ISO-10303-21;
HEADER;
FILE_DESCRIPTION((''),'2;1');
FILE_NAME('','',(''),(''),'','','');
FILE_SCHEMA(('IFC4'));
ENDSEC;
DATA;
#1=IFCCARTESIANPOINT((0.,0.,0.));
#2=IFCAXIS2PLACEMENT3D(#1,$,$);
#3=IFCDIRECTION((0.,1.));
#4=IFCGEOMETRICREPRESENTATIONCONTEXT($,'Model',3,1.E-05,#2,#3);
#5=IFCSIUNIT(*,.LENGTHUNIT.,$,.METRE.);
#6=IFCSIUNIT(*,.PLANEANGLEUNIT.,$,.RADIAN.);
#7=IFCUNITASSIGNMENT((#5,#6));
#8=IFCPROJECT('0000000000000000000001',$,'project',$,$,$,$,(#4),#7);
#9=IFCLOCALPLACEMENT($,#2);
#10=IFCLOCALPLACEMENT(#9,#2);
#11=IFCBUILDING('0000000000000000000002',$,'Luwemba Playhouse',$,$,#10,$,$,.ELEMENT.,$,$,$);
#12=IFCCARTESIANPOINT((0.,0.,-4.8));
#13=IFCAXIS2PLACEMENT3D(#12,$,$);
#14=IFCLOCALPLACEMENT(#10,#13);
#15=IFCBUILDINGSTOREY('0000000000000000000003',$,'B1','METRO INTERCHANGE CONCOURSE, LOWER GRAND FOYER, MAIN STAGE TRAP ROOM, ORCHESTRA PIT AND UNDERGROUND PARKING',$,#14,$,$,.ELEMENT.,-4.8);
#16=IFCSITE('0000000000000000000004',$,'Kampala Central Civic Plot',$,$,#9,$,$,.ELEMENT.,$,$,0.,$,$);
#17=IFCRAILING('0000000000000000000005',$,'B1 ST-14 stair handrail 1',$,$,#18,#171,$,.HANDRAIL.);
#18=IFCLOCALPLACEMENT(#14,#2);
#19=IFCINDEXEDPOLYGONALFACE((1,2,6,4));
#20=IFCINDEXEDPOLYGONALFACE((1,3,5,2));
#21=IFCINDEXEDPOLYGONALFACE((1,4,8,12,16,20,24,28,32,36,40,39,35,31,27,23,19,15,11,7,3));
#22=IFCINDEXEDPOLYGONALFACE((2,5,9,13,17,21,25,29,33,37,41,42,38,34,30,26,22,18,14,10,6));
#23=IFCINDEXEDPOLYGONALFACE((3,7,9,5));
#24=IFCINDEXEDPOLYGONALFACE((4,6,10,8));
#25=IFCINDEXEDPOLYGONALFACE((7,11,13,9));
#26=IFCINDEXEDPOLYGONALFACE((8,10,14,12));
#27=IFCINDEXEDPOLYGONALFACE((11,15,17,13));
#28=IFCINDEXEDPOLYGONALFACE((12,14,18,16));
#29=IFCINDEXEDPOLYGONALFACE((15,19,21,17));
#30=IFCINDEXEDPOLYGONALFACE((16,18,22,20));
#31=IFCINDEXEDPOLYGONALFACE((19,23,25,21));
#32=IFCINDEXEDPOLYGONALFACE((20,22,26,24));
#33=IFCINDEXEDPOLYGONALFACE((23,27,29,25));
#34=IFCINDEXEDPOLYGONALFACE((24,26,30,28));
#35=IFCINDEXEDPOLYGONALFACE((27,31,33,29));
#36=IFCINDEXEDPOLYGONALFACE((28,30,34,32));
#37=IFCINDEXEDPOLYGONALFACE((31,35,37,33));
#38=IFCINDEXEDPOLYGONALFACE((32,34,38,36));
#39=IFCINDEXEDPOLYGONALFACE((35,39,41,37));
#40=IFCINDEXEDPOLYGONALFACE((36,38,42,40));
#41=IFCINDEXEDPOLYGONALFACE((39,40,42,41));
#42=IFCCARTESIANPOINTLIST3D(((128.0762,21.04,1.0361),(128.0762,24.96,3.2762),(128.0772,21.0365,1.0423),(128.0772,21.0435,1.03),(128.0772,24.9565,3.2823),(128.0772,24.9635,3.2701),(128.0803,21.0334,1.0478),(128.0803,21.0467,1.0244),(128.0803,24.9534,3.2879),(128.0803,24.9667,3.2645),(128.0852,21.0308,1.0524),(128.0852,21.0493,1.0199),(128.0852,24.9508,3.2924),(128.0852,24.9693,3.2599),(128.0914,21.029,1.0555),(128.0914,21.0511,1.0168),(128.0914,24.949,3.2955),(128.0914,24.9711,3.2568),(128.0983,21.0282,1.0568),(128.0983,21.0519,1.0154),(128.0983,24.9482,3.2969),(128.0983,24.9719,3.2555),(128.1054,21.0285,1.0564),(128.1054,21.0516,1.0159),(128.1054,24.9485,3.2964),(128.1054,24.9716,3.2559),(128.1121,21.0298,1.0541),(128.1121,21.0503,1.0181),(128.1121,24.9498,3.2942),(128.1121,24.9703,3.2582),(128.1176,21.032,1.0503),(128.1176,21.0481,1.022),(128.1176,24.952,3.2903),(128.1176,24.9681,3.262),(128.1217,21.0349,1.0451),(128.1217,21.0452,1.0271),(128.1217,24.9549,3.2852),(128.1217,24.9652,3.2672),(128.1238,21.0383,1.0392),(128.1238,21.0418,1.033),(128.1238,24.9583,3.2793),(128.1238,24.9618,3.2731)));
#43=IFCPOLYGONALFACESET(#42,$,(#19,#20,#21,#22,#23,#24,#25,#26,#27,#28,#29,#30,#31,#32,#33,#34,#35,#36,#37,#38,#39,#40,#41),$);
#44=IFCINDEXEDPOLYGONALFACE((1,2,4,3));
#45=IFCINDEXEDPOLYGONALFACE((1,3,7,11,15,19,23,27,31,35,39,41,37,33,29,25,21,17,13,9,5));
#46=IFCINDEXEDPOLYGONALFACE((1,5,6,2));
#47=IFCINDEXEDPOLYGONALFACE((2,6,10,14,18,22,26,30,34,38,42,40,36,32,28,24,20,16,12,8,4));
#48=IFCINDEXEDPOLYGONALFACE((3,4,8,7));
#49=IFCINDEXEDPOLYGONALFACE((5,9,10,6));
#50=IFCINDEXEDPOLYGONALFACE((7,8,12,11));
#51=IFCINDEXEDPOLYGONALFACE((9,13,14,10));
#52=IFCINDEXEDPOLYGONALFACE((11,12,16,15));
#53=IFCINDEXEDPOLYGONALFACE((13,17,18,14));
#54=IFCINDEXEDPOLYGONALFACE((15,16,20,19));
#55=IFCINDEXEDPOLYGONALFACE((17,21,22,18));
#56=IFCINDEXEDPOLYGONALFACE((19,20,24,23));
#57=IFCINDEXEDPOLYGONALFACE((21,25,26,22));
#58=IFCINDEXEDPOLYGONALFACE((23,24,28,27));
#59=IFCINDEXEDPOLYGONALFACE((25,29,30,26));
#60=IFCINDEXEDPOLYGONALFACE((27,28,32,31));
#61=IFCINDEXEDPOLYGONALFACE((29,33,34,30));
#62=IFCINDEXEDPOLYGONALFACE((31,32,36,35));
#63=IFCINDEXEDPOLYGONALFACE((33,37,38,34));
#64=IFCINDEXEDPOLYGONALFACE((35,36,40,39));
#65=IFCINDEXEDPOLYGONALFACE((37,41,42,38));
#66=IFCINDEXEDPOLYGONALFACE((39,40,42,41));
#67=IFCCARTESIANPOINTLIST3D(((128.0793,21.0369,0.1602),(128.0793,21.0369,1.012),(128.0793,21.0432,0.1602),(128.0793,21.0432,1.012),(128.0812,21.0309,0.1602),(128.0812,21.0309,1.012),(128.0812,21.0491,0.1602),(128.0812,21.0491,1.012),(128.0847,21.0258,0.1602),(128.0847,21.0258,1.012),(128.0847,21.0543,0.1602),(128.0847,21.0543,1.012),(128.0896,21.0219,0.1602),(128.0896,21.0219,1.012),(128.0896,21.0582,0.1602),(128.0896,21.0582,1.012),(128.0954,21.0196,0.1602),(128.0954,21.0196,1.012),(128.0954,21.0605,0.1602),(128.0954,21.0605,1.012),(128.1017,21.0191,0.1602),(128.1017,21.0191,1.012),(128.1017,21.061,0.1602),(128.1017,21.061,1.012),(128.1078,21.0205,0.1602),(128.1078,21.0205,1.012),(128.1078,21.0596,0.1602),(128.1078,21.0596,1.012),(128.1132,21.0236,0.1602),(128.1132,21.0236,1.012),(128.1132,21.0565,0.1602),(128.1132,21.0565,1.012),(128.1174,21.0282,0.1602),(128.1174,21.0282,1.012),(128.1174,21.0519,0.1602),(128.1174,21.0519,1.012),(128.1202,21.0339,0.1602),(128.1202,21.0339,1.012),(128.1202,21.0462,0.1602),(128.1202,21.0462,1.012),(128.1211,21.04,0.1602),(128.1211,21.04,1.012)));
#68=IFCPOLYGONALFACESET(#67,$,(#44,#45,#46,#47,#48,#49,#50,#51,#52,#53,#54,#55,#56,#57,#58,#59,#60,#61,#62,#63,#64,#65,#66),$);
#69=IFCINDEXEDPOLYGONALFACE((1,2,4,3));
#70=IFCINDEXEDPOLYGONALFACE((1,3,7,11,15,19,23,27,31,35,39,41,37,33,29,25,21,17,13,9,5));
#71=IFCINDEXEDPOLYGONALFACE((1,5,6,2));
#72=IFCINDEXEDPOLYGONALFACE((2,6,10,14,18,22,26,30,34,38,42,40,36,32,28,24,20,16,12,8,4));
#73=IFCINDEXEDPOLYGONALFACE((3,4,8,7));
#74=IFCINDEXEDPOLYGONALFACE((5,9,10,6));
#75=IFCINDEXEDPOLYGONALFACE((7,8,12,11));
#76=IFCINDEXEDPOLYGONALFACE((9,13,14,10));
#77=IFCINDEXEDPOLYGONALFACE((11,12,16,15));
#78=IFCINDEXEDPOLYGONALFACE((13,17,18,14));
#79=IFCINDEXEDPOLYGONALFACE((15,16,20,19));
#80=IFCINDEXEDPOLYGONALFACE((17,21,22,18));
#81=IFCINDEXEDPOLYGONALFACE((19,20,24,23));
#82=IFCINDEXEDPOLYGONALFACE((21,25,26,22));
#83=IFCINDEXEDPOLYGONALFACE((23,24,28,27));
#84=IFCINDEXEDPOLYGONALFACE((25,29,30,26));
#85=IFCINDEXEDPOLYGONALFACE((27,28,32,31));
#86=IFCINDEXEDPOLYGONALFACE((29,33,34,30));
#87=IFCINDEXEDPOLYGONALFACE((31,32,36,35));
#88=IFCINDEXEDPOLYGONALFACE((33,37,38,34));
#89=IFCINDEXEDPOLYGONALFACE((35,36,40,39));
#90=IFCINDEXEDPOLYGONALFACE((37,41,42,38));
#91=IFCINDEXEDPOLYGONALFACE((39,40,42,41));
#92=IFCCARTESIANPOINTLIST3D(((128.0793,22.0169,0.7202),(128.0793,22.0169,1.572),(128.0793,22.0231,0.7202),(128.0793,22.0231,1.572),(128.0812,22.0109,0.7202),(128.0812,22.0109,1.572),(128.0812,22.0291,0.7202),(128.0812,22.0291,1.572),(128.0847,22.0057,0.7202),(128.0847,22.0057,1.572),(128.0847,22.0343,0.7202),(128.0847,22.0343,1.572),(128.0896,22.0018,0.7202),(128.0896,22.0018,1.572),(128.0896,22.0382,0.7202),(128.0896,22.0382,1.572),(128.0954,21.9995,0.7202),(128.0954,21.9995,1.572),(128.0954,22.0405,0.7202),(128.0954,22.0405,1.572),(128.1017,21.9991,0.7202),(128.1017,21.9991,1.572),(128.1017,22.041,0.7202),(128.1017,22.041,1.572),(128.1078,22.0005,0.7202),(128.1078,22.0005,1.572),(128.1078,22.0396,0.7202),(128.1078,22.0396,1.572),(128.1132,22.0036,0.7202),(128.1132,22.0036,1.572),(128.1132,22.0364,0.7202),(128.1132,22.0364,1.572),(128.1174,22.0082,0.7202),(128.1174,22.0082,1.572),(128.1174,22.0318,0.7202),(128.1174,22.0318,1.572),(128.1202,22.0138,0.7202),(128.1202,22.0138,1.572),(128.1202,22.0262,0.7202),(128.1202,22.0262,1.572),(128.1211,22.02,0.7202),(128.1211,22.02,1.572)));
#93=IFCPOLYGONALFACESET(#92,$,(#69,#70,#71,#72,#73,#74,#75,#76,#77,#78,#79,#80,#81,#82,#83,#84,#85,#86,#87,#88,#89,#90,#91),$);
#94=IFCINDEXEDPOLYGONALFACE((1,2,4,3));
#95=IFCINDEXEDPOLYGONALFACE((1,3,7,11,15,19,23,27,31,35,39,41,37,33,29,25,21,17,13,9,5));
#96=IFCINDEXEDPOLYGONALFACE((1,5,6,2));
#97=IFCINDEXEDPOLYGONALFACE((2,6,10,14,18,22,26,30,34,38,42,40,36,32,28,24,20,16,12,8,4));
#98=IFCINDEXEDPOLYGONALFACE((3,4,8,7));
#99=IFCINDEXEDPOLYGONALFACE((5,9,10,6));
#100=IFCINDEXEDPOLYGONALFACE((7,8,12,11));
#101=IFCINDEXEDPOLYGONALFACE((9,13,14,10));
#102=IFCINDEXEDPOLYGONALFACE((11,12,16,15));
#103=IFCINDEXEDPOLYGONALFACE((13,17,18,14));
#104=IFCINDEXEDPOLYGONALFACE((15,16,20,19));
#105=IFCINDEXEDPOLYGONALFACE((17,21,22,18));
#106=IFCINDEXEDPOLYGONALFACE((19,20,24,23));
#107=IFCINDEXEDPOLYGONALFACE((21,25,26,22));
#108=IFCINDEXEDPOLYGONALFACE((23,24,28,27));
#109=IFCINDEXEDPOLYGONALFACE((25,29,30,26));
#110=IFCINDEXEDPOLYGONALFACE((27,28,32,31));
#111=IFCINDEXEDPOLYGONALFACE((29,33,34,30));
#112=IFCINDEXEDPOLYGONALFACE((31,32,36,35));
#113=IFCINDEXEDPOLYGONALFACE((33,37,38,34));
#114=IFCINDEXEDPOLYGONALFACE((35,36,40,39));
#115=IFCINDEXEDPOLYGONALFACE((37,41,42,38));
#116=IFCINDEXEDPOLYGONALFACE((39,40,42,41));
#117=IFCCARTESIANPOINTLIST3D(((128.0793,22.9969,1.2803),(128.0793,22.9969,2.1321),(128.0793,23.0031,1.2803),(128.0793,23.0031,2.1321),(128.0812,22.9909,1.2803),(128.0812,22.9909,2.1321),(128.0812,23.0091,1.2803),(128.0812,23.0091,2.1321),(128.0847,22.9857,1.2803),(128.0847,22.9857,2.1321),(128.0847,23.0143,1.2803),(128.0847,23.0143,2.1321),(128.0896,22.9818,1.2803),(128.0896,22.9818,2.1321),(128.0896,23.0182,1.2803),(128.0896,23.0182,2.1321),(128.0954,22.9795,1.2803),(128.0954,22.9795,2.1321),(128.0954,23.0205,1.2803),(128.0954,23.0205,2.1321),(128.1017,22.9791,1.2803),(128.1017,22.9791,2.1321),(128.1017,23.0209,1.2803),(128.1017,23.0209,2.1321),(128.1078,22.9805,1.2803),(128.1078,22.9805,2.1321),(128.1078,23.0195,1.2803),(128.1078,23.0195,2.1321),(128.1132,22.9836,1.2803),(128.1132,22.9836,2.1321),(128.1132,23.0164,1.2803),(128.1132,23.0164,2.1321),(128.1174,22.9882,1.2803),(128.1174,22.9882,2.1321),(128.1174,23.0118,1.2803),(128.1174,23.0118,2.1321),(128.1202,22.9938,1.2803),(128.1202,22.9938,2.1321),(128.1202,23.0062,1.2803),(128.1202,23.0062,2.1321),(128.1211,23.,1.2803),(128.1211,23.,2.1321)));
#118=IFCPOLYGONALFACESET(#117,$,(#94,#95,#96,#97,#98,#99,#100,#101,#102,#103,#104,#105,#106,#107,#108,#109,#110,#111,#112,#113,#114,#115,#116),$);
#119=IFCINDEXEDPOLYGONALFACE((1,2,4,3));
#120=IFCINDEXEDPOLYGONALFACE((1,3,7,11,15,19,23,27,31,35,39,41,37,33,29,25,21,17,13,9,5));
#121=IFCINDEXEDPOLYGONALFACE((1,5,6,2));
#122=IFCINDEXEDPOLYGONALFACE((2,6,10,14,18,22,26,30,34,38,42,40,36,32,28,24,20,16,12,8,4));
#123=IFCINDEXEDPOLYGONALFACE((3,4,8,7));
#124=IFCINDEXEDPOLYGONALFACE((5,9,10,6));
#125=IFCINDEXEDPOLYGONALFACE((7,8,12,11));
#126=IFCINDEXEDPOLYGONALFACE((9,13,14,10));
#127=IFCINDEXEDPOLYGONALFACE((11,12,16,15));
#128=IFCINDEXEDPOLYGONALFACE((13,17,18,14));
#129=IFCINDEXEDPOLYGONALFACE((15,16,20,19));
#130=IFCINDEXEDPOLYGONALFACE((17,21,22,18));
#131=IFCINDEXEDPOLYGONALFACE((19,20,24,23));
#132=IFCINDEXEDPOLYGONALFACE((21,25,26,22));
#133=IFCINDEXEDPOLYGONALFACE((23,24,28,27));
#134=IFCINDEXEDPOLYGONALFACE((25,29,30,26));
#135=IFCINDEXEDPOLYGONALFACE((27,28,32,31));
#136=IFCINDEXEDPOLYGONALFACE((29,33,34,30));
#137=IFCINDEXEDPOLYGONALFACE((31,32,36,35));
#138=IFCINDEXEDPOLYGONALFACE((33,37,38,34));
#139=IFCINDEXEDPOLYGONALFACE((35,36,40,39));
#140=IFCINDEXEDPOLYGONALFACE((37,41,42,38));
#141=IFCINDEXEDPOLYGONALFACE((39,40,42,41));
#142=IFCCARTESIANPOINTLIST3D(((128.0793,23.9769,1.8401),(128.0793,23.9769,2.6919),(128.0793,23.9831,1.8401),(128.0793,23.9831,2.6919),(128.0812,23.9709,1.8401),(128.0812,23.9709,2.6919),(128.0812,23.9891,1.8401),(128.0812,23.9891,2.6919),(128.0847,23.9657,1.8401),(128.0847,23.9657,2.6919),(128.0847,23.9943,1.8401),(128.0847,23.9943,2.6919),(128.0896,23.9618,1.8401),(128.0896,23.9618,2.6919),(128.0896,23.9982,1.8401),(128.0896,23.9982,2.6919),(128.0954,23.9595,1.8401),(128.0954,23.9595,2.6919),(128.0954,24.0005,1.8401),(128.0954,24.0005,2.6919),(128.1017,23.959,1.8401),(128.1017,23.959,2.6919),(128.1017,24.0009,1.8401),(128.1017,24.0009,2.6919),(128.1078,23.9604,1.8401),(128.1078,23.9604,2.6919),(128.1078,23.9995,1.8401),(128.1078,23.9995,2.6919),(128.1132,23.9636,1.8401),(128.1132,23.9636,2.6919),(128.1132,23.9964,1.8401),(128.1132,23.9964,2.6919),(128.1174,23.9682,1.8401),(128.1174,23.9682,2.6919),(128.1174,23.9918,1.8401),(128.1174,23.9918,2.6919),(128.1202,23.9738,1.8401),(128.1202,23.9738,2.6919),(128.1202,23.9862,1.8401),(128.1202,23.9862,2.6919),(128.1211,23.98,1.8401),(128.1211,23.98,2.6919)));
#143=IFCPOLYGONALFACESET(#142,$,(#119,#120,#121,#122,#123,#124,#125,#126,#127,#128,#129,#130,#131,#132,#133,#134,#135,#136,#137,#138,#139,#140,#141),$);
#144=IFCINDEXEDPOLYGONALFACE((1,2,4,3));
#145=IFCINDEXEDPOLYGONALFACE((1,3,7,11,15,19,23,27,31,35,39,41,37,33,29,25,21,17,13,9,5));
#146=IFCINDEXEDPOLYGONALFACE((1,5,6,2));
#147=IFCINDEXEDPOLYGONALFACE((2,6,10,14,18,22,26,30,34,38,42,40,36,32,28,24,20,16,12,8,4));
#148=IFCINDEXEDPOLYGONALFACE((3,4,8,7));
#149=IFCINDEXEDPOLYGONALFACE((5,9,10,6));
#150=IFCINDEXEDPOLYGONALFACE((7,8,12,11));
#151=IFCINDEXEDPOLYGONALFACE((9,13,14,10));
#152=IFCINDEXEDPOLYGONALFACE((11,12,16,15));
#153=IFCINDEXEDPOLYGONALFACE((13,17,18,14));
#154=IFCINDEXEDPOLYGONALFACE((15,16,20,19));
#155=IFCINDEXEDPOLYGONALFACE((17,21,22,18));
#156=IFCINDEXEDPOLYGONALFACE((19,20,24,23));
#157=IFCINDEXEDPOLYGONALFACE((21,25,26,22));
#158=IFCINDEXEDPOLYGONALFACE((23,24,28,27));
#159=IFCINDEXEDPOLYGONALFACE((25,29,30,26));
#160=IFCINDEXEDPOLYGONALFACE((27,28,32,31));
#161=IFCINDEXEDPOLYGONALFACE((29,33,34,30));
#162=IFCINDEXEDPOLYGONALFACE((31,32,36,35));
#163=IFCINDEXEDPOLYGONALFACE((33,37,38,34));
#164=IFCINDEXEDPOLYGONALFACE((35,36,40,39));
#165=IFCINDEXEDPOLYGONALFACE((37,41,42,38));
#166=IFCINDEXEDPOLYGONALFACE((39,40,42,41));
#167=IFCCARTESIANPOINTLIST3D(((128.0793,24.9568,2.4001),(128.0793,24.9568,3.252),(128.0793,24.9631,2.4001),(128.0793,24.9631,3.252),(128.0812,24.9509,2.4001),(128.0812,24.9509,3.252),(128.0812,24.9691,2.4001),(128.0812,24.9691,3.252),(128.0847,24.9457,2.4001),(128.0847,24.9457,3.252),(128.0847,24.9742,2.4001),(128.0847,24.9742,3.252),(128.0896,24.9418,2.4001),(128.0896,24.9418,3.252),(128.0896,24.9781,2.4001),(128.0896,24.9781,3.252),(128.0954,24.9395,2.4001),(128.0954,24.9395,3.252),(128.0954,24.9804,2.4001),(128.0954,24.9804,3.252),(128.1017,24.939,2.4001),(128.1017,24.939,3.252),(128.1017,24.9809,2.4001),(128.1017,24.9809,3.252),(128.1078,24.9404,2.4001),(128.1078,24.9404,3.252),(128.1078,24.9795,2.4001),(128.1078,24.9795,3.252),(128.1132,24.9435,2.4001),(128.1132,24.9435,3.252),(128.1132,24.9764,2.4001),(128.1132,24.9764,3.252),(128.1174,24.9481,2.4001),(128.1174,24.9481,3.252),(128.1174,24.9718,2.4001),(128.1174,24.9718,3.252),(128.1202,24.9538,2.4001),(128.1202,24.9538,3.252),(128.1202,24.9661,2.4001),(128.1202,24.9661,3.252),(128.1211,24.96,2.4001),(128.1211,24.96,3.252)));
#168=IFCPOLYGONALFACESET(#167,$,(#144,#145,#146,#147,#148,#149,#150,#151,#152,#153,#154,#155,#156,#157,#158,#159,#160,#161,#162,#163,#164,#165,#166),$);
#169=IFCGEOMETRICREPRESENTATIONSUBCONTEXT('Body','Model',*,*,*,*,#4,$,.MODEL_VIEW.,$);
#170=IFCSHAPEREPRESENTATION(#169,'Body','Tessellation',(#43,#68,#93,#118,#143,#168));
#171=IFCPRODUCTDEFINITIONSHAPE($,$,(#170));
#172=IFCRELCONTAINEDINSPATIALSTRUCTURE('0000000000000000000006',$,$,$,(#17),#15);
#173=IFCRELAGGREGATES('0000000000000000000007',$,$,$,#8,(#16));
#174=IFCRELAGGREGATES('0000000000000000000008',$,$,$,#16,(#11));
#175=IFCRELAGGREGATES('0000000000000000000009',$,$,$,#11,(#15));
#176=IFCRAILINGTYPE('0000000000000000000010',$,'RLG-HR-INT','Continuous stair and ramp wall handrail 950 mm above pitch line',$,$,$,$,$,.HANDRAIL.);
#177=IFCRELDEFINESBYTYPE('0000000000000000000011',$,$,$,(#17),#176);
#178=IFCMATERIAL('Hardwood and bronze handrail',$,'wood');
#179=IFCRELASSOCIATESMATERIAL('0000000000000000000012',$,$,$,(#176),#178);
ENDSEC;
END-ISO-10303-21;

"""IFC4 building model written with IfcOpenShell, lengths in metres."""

from ifc_helpers import new_model, si_unit, direction, frame, origin, origin_2d, place, context, subcontext, project, spatial, circle, extrude, material, type_object, element, save


model = new_model("IFC4")

# Units and contexts
model_context = context("Model", 3, precision=1e-05, world=origin(), true_north=direction((0.0, 1.0)))
body_context = subcontext(model_context, "Body", "Model", "MODEL_VIEW")
ifc_project = project(units=[si_unit("LENGTHUNIT", "METRE"), si_unit("PLANEANGLEUNIT", "RADIAN")], contexts=[model_context])

# Site, building, storey
site_placement = place(None, origin())
site = spatial("IfcSite", under=ifc_project, at=site_placement, Name="Kampala Central Civic Plot", CompositionType="ELEMENT", RefElevation=0.0)
building_placement = place(site_placement, origin())
building = spatial("IfcBuilding", under=site, at=building_placement, Name="Luwemba Playhouse", CompositionType="ELEMENT")
storey_placement = place(building_placement, frame((0.0, 0.0, -4.8)))
storey = spatial("IfcBuildingStorey", under=building, at=storey_placement, Name="B1", Description="METRO INTERCHANGE CONCOURSE, LOWER GRAND FOYER, MAIN STAGE TRAP ROOM, ORCHESTRA PIT AND UNDERGROUND PARKING", CompositionType="ELEMENT", Elevation=-4.8)

# Railing
ifc_material_1 = material(Name="Hardwood and bronze handrail", Category="wood")
railing_type_1 = type_object("IfcRailingType", Name="RLG-HR-INT", Description="Continuous stair and ramp wall handrail 950 mm above pitch line", PredefinedType="HANDRAIL", material=ifc_material_1)
railing_1_placement = place(storey_placement, frame((128.1001, 21.04, 0.1602)))
element("IfcRailing", 1, at=railing_1_placement, inside=storey, type_object=railing_type_1, Name="B1 ST-14 stair handrail 1", PredefinedType="HANDRAIL", context=body_context, shape_type="SweptSolid", body=[
    extrude(circle(Radius=0.0239, at=origin_2d()), frame((0.0, 0.0, 0.876), z_axis=(0.0, 0.86824, 0.496145), x_axis=(-1.0, 0.0, 0.0)), (0.0, 0.0, 1.0), 4.5149),
    extrude(circle(Radius=0.021, at=origin_2d()), origin(), (0.0, 0.0, 1.0), 0.8518),
    extrude(circle(Radius=0.021, at=origin_2d()), frame((0.0, 0.98, 0.5601)), (0.0, 0.0, 1.0), 0.8518),
    extrude(circle(Radius=0.021, at=origin_2d()), frame((0.0, 1.96, 1.1201)), (0.0, 0.0, 1.0), 0.8518),
    extrude(circle(Radius=0.021, at=origin_2d()), frame((0.0, 2.9399, 1.6799)), (0.0, 0.0, 1.0), 0.8518),
    extrude(circle(Radius=0.021, at=origin_2d()), frame((0.0, 3.9199, 2.24)), (0.0, 0.0, 1.0), 0.8518),
])

save(model, "model.ifc")
